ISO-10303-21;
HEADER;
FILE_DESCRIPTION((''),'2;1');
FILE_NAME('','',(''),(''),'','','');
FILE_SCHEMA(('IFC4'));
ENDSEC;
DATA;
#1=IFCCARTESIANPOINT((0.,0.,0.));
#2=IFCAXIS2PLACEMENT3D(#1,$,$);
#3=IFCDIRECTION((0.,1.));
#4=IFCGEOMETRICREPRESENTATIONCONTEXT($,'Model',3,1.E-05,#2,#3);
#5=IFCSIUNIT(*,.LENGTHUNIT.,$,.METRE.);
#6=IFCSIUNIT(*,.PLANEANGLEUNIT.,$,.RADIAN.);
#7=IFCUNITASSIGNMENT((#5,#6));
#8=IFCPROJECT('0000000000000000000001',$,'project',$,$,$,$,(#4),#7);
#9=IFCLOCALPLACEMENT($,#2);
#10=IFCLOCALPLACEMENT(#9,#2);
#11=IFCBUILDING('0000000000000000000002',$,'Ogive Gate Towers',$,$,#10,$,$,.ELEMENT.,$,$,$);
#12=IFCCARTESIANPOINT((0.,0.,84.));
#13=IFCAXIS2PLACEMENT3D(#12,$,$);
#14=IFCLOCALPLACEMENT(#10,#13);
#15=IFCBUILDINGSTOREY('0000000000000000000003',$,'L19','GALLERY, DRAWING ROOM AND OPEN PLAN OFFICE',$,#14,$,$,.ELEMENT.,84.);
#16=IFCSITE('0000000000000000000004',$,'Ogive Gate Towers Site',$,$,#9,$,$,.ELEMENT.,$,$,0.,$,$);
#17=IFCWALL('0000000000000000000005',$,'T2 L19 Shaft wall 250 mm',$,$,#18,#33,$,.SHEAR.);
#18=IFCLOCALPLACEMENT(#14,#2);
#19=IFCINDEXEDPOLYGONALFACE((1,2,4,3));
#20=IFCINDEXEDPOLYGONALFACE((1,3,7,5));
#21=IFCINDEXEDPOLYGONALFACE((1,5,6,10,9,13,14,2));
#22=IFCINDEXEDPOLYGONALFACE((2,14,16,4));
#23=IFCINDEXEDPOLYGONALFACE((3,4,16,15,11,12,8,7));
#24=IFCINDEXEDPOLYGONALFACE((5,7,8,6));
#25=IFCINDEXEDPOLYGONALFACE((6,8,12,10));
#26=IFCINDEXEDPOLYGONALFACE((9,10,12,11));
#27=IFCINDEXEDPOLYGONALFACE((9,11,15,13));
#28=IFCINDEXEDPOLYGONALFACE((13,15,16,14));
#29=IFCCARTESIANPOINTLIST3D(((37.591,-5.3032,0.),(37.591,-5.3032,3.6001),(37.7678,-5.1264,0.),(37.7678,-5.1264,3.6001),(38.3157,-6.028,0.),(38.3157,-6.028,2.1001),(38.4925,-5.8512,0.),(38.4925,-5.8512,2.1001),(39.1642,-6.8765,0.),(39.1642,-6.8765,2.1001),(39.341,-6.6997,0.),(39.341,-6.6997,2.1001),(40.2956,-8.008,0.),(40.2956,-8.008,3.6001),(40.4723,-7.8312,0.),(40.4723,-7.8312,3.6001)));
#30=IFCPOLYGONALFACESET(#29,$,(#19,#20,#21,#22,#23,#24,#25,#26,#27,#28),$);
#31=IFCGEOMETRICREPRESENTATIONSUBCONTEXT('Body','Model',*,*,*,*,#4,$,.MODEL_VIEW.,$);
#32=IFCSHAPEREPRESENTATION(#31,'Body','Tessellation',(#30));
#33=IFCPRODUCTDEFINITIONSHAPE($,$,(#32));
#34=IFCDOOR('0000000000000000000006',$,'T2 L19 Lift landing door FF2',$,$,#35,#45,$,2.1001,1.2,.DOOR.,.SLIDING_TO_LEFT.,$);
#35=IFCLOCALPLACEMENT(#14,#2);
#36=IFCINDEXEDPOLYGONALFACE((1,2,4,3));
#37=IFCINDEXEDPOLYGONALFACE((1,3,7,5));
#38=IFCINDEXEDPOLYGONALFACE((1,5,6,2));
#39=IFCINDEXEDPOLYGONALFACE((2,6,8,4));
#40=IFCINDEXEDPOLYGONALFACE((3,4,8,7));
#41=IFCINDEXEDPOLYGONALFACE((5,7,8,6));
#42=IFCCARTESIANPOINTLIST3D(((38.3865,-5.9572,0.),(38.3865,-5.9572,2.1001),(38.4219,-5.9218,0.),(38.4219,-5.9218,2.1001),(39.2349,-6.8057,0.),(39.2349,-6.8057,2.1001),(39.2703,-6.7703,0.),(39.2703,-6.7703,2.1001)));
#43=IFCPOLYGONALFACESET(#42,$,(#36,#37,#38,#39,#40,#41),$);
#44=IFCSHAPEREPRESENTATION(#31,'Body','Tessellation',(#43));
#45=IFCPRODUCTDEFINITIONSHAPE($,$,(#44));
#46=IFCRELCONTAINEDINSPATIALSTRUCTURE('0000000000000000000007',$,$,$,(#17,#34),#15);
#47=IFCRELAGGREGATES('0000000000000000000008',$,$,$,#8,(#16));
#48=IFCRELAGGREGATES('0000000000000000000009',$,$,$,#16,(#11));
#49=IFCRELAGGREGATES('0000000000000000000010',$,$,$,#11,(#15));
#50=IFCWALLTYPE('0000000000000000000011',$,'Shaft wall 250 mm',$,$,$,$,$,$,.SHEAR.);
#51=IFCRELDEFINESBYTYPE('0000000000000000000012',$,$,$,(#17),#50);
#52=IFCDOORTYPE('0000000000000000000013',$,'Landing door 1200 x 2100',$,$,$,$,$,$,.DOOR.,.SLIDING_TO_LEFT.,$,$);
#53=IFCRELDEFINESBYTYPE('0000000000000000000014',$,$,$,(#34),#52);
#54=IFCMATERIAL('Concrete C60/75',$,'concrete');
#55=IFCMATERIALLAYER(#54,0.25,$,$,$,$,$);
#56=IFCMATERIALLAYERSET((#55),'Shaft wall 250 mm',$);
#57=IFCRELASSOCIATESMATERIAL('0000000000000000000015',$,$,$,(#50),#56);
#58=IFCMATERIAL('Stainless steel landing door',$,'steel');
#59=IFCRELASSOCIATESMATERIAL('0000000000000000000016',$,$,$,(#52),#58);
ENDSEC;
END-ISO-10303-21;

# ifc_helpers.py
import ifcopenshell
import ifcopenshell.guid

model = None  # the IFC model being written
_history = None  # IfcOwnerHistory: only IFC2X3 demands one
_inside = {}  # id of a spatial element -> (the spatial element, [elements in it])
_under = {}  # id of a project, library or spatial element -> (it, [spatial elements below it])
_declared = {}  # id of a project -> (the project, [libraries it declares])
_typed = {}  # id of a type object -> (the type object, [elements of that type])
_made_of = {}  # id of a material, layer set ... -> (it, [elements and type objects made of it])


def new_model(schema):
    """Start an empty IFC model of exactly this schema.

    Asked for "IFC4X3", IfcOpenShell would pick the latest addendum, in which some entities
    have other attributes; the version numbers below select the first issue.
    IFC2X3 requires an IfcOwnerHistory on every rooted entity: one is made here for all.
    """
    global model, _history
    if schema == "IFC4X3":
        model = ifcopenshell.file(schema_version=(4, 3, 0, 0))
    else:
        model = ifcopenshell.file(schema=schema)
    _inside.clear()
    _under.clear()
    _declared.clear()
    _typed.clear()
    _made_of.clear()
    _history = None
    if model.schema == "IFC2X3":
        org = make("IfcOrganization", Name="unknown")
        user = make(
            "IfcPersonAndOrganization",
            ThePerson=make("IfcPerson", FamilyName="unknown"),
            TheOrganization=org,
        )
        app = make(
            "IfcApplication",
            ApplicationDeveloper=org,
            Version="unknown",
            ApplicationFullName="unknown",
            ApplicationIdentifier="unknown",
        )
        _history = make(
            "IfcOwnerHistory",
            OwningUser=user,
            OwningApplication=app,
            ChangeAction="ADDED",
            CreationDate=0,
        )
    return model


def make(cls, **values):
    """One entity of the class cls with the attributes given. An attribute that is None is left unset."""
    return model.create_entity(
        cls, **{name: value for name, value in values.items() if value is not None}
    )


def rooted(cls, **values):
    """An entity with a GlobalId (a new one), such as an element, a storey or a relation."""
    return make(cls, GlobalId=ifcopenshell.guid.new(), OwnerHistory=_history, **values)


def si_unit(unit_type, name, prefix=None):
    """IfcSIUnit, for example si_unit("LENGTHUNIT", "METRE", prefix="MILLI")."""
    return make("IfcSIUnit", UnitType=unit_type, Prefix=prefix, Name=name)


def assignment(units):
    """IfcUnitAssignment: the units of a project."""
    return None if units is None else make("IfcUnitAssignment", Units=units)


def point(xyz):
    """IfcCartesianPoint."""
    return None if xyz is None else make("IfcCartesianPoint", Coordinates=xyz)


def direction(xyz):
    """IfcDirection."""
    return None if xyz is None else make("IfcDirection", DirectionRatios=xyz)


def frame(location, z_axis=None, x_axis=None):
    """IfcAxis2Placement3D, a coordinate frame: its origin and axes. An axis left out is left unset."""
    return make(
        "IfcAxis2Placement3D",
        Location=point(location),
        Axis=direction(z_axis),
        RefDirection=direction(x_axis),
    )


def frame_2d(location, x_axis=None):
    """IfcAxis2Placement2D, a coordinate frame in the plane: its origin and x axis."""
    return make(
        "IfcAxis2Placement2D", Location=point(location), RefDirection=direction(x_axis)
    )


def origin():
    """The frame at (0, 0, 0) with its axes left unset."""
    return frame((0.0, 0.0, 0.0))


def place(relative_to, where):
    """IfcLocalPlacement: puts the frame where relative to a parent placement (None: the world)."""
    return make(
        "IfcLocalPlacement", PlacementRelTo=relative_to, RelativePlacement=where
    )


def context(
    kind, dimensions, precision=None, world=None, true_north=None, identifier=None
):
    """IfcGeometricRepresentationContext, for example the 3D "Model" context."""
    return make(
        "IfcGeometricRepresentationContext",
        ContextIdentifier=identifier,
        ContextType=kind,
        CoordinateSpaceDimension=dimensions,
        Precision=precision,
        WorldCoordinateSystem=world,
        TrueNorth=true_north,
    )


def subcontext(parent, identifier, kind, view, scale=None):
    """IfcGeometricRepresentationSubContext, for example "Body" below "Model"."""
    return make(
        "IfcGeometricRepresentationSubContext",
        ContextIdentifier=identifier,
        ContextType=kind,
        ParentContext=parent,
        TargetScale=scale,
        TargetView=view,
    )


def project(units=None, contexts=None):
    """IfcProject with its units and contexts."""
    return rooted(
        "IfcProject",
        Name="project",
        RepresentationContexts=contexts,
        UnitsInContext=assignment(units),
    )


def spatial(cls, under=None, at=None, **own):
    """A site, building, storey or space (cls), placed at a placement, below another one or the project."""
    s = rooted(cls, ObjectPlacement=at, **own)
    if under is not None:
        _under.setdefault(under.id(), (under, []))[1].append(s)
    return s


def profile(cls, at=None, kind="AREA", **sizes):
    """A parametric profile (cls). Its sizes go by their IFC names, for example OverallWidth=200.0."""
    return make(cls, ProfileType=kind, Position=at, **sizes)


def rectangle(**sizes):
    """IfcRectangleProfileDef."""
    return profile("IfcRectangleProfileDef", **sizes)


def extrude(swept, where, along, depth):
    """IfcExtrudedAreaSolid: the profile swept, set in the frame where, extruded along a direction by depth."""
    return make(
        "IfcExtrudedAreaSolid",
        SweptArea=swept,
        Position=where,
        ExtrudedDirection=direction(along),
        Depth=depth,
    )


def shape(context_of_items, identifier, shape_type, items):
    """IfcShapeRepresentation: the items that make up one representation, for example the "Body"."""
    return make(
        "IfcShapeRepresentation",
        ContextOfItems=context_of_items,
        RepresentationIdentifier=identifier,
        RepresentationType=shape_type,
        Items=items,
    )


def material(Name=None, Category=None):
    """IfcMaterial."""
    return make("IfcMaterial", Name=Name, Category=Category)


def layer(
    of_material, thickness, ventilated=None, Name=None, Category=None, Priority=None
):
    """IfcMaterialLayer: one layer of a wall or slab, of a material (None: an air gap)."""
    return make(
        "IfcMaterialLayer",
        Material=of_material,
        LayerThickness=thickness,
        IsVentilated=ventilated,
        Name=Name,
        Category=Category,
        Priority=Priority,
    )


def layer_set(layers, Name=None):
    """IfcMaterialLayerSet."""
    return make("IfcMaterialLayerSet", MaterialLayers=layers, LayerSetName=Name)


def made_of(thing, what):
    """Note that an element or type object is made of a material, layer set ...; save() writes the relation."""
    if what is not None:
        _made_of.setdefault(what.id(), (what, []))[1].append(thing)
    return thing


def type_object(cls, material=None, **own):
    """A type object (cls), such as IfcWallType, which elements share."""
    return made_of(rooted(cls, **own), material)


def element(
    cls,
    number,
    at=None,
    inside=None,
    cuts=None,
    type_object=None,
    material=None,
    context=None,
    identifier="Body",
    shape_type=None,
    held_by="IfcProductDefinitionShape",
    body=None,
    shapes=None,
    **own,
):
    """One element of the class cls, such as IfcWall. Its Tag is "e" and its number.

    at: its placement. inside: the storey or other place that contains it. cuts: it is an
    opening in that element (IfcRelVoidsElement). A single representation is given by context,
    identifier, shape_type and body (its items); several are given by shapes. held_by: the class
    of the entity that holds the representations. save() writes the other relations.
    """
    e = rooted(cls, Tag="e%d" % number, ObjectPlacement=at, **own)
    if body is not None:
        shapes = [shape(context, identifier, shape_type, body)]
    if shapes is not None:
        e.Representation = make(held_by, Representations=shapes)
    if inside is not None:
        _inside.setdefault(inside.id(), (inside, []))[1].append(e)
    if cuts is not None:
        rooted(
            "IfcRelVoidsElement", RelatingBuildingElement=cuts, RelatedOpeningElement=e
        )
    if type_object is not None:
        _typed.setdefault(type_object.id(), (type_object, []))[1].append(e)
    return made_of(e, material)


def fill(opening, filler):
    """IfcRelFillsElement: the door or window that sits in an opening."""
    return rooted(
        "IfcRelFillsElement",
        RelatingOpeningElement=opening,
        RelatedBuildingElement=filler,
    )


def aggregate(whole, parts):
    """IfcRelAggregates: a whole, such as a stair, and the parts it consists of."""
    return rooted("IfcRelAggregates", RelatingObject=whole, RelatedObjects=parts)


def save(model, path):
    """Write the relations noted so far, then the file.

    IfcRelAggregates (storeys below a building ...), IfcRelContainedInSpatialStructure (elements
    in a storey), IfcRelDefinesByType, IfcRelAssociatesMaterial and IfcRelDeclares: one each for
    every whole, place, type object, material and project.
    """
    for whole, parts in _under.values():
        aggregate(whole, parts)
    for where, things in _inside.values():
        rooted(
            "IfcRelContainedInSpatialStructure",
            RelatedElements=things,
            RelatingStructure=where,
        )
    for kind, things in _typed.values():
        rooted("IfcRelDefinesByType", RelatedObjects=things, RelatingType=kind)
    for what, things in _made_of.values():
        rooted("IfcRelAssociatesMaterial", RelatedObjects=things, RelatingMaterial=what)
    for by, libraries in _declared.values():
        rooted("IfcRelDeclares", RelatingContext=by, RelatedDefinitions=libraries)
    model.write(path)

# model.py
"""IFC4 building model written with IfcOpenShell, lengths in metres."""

from ifc_helpers import new_model, si_unit, direction, frame, frame_2d, origin, place, context, subcontext, project, spatial, rectangle, extrude, material, layer, layer_set, type_object, element, fill, save


model = new_model("IFC4")

# Units and contexts
model_context = context("Model", 3, precision=1e-05, world=origin(), true_north=direction((0.0, 1.0)))
body_context = subcontext(model_context, "Body", "Model", "MODEL_VIEW")
ifc_project = project(units=[si_unit("LENGTHUNIT", "METRE"), si_unit("PLANEANGLEUNIT", "RADIAN")], contexts=[model_context])

# Site, building, storey
site_placement = place(None, origin())
site = spatial("IfcSite", under=ifc_project, at=site_placement, Name="Ogive Gate Towers Site", CompositionType="ELEMENT", RefElevation=0.0)
building_placement = place(site_placement, origin())
building = spatial("IfcBuilding", under=site, at=building_placement, Name="Ogive Gate Towers", CompositionType="ELEMENT")
storey_placement = place(building_placement, frame((0.0, 0.0, 84.0)))
storey = spatial("IfcBuildingStorey", under=building, at=storey_placement, Name="L19", Description="GALLERY, DRAWING ROOM AND OPEN PLAN OFFICE", CompositionType="ELEMENT", Elevation=84.0)

# Shared definitions
ifc_material_1 = material(Name="Concrete C60/75", Category="concrete")

# Shared definitions
ifc_layer_1 = layer(ifc_material_1, 0.25)
ifc_layer_set_1 = layer_set([ifc_layer_1], Name="Shaft wall 250 mm")
wall_type_1 = type_object("IfcWallType", Name="Shaft wall 250 mm", PredefinedType="SHEAR", material=ifc_layer_set_1)

# Wall, opening, door
wall_1_placement = place(storey_placement, frame((40.384, -7.9197, 0.0), z_axis=(0.0, 0.0, 1.0), x_axis=(-0.707075, 0.707139, 0.0)))
wall_1 = element("IfcWall", 1, at=wall_1_placement, inside=storey, type_object=wall_type_1, Name="T2 L19 Shaft wall 250 mm", PredefinedType="SHEAR", context=body_context, shape_type="SweptSolid", body=[
    extrude(rectangle(XDim=3.825, YDim=0.25, at=frame_2d((1.9126, 0.0))), origin(), (0.0, 0.0, 1.0), 3.6001),
])
opening_1_placement = place(wall_1_placement, frame((1.6001, 0.0, 0.0)))
opening_1 = element("IfcOpeningElement", 2, at=opening_1_placement, cuts=wall_1, PredefinedType="OPENING", context=body_context, shape_type="SweptSolid", body=[
    extrude(rectangle(XDim=1.2, YDim=2.1001, at=frame_2d((0.6001, 1.05))), frame((0.0, 0.135, 0.0), z_axis=(0.0, -1.0, 0.0), x_axis=(1.0, 0.0, 0.0)), (0.0, 0.0, 1.0), 0.27),
])
ifc_material_2 = material(Name="Stainless steel landing door", Category="steel")
door_type_1 = type_object("IfcDoorType", Name="Landing door 1200 x 2100", OperationType="SLIDING_TO_LEFT", PredefinedType="DOOR", material=ifc_material_2)
door_1_placement = place(opening_1_placement, origin())
door_1 = element("IfcDoor", 3, at=door_1_placement, inside=storey, type_object=door_type_1, Name="T2 L19 Lift landing door FF2", OperationType="SLIDING_TO_LEFT", OverallHeight=2.1001, OverallWidth=1.2, PredefinedType="DOOR", context=body_context, shape_type="SweptSolid", body=[
    extrude(rectangle(XDim=1.2, YDim=2.1001, at=frame_2d((0.6001, 1.05))), frame((0.0, 0.0249, 0.0), z_axis=(0.0, -1.0, 0.0), x_axis=(1.0, 0.0, 0.0)), (0.0, 0.0, 1.0), 0.05),
])
fill(opening_1, door_1)

save(model, "model.ifc")
